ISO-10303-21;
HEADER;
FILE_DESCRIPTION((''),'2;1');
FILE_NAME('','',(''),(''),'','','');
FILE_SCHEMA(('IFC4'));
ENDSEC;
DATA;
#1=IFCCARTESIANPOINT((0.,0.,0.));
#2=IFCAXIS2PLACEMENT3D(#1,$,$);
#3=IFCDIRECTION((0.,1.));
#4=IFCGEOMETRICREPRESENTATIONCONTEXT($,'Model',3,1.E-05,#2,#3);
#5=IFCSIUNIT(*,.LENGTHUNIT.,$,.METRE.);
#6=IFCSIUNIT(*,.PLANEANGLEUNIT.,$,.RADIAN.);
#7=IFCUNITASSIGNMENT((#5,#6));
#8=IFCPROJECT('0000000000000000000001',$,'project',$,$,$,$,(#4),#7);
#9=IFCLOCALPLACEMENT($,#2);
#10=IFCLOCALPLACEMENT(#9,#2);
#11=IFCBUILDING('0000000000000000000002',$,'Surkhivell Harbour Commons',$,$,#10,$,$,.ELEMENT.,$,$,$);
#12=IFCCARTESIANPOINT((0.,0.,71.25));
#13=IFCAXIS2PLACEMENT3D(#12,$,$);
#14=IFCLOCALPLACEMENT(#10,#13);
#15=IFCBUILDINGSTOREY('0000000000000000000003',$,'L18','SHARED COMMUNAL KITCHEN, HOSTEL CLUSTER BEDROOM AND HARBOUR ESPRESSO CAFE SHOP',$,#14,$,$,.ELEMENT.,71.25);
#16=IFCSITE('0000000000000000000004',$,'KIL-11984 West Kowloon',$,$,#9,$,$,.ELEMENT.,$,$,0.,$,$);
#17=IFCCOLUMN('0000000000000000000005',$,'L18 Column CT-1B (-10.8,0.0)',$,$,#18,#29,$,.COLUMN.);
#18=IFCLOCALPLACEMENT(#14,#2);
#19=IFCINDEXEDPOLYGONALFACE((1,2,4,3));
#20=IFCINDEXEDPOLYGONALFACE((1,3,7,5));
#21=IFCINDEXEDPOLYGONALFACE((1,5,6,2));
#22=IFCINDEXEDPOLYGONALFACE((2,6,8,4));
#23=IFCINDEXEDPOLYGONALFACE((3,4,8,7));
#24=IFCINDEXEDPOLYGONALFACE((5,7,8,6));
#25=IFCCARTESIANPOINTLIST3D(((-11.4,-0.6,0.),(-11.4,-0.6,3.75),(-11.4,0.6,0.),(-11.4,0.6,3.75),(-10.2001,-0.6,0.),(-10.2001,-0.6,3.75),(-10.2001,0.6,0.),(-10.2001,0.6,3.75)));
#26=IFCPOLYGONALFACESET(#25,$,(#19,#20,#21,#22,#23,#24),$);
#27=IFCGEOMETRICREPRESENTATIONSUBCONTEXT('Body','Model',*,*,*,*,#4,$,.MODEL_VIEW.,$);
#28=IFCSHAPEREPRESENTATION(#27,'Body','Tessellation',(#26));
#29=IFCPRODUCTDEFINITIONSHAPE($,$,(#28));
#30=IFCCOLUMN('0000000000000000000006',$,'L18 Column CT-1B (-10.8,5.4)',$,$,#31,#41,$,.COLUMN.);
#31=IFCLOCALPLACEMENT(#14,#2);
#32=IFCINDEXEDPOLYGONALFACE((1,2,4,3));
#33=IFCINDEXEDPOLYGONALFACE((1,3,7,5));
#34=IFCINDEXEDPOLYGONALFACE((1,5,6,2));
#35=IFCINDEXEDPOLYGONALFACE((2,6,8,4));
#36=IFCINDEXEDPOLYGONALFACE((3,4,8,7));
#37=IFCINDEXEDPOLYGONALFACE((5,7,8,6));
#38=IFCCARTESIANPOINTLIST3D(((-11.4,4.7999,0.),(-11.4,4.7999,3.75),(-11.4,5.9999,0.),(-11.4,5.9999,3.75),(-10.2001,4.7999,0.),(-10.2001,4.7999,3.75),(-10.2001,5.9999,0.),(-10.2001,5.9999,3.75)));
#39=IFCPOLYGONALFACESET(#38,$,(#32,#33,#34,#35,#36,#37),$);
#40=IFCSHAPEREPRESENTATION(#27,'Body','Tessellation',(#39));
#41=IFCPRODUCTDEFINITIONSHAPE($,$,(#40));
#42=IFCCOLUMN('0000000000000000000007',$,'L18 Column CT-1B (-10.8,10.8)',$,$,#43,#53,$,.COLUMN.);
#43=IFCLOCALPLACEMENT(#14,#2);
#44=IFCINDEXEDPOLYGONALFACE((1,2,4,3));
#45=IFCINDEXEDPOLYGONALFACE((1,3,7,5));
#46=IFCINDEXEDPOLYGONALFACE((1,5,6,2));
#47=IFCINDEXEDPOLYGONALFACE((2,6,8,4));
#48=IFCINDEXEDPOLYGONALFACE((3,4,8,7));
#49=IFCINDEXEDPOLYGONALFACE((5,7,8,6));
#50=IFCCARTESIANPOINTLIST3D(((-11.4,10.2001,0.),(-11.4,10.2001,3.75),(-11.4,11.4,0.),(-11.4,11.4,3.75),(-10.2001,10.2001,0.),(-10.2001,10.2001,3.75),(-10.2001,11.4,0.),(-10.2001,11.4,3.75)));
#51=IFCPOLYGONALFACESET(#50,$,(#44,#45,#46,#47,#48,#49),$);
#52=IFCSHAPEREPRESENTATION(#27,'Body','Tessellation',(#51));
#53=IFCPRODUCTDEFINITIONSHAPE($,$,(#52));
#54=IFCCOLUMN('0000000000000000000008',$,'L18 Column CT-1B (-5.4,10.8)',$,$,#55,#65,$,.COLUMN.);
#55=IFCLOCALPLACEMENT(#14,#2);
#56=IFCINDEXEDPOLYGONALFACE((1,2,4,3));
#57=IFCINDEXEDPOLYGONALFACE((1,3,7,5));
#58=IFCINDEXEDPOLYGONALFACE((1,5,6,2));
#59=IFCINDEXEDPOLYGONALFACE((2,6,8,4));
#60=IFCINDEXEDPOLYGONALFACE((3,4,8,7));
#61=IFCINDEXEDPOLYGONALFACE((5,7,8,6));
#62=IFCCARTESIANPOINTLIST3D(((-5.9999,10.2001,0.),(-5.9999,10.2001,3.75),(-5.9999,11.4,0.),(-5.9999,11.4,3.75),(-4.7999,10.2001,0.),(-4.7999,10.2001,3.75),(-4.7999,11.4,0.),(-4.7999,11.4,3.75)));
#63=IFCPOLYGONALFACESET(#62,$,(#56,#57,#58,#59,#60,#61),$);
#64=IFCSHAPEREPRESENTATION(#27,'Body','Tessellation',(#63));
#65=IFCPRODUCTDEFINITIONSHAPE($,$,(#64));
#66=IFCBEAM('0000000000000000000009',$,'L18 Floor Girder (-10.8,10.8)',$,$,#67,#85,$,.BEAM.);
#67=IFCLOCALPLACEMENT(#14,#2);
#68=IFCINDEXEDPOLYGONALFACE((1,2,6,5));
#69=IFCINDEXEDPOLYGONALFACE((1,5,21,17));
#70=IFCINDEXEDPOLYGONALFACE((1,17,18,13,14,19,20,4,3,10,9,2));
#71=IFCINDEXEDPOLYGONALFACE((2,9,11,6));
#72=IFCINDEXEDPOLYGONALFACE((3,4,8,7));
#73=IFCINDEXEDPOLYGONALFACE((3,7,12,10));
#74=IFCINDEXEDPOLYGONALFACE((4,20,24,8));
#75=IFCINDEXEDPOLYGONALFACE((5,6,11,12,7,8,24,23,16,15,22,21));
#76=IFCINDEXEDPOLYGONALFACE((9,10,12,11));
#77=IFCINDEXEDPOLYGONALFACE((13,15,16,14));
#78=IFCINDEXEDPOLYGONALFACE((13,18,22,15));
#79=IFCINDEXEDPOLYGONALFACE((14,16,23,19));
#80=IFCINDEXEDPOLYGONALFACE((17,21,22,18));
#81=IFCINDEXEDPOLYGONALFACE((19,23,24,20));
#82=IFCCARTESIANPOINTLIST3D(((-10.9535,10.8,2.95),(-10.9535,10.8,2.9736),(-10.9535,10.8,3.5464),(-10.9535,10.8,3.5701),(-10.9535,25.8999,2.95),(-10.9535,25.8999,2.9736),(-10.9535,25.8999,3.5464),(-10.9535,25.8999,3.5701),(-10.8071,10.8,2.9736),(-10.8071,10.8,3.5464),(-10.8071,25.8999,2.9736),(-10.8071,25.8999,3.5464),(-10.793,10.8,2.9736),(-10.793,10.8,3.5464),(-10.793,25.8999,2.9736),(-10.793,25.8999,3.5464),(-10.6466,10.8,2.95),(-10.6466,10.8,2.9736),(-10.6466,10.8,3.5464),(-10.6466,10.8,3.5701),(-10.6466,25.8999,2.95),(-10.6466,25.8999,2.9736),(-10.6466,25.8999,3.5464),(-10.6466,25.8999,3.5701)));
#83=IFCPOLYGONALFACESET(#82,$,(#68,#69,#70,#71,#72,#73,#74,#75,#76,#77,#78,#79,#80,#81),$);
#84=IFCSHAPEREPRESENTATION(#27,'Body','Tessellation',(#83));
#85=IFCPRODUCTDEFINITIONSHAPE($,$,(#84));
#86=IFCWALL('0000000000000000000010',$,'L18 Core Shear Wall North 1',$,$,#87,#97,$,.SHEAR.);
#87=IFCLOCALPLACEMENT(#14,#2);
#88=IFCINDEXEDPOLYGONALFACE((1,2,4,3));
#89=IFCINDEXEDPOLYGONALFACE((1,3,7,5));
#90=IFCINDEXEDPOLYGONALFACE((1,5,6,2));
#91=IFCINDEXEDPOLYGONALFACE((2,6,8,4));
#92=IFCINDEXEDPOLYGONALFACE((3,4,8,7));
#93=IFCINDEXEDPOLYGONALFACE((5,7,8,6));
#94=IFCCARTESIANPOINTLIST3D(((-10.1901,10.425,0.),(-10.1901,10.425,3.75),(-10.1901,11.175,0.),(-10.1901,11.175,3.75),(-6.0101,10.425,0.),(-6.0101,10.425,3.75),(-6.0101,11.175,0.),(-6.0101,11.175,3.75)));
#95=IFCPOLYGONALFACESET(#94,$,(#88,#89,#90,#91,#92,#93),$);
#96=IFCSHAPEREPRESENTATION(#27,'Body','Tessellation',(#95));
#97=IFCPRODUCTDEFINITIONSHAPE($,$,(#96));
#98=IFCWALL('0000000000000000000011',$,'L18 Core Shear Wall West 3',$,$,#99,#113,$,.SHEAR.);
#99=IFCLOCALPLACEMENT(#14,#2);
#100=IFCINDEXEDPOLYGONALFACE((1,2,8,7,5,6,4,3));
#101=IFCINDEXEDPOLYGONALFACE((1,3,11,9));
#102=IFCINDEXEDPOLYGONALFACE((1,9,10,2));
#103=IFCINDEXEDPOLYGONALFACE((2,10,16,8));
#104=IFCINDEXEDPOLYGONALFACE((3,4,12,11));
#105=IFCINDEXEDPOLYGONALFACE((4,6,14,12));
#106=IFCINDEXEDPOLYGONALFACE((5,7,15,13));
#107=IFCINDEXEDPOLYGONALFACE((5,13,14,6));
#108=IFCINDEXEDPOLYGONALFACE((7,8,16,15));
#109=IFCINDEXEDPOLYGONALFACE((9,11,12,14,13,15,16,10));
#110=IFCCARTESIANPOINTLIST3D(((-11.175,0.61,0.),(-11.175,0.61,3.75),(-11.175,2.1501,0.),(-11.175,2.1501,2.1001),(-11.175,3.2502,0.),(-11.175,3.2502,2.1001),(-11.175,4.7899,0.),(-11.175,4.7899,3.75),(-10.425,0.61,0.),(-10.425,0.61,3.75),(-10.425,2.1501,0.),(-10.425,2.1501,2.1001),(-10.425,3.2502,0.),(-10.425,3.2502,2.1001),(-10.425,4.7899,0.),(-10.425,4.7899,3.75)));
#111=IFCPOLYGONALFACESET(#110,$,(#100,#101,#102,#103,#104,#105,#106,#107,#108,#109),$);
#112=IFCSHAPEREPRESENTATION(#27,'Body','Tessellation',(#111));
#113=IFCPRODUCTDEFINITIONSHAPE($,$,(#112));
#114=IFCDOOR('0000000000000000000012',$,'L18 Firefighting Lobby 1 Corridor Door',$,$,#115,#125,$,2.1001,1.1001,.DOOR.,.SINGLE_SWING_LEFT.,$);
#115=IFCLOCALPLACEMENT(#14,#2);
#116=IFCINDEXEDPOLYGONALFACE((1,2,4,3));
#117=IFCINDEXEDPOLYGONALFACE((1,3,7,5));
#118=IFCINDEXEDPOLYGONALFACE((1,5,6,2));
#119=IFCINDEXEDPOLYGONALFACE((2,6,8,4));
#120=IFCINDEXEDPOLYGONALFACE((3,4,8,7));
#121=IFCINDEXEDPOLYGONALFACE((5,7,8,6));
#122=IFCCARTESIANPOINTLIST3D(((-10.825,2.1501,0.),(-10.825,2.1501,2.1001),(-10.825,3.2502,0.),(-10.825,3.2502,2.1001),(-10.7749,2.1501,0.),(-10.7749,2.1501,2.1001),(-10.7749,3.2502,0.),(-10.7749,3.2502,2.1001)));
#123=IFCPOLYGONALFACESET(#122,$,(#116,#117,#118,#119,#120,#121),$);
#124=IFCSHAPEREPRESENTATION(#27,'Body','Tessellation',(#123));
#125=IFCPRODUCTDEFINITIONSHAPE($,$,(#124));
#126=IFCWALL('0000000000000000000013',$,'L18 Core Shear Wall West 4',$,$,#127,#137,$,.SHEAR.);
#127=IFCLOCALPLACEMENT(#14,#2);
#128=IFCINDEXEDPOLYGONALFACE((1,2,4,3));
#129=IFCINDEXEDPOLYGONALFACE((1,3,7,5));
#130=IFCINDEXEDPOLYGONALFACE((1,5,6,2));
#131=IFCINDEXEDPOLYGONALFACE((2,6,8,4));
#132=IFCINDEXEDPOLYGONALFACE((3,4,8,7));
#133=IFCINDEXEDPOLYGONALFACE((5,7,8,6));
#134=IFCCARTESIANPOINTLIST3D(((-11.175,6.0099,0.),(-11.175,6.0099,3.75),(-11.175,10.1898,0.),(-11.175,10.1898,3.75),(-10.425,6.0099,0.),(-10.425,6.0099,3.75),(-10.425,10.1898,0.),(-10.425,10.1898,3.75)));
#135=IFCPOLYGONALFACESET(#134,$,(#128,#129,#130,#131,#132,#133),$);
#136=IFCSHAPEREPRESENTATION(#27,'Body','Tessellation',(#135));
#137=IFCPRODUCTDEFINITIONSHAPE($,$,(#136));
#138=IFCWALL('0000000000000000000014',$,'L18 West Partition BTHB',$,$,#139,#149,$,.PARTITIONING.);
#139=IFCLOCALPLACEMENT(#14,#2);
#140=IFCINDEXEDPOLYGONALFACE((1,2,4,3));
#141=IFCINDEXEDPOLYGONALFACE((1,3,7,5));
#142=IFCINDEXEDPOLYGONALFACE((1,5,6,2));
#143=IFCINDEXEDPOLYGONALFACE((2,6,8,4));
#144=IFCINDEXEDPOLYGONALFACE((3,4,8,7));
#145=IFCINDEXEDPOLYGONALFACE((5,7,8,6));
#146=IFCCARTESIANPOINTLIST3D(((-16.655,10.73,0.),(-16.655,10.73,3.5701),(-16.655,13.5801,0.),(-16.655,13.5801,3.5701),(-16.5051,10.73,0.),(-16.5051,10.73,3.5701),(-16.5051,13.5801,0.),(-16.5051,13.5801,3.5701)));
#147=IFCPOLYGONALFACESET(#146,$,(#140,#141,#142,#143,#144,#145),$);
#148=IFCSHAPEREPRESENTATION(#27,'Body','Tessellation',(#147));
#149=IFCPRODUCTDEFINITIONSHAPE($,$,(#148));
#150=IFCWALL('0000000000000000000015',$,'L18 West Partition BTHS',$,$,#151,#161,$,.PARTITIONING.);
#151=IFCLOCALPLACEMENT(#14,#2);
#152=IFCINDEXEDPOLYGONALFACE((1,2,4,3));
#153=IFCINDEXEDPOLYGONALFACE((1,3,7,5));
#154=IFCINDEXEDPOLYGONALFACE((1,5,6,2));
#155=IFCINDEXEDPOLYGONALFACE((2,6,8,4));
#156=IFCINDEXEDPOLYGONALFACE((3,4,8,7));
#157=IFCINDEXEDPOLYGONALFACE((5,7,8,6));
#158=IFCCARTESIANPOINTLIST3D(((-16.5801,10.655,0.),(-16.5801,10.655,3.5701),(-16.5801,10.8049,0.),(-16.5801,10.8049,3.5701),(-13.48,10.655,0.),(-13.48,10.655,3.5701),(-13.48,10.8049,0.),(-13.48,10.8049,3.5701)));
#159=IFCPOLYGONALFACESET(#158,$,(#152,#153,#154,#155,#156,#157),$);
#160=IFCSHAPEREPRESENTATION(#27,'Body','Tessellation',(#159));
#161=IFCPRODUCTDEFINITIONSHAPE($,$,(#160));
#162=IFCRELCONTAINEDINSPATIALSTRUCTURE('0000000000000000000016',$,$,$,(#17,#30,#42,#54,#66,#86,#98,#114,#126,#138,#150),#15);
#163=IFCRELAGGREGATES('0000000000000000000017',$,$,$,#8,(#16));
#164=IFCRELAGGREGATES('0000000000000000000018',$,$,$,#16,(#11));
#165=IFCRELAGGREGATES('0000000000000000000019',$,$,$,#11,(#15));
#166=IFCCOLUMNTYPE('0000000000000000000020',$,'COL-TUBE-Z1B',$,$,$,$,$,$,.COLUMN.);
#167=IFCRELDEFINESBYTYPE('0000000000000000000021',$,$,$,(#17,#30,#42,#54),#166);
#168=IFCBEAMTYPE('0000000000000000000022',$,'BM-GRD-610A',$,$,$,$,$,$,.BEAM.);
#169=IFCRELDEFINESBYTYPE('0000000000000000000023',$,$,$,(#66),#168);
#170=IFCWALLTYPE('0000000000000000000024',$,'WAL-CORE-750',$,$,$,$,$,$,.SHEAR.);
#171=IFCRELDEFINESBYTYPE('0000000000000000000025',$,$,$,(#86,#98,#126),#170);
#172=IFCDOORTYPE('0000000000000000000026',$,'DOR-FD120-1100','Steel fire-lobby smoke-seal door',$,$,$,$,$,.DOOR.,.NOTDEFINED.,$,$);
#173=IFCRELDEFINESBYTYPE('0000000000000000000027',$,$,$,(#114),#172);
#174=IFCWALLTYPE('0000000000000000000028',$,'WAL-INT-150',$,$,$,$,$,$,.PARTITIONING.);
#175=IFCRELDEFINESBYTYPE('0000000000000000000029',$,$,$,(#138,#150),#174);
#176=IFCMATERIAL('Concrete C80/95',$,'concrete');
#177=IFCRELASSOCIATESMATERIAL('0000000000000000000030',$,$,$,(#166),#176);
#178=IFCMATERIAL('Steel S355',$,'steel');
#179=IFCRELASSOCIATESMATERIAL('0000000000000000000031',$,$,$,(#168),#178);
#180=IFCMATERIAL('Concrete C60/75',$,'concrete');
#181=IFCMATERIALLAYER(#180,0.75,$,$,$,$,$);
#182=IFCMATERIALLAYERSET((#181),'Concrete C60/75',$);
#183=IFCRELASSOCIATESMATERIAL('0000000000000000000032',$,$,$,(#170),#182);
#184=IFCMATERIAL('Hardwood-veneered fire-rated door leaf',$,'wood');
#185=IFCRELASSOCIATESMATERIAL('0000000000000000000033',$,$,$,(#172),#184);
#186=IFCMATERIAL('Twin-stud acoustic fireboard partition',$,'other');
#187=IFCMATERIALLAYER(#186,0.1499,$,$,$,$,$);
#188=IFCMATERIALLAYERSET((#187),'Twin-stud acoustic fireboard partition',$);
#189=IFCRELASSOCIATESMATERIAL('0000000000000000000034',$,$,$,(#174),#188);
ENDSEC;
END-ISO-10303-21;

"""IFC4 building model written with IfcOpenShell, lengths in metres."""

from ifc_helpers import new_model, si_unit, direction, frame, frame_2d, origin, origin_2d, place, context, subcontext, project, spatial, rectangle, i_section, extrude, material, layer, layer_set, material_profile, profile_set, type_object, element, fill, save


model = new_model("IFC4")

# Units and contexts
model_context = context("Model", 3, precision=1e-05, world=origin(), true_north=direction((0.0, 1.0)))
body_context = subcontext(model_context, "Body", "Model", "MODEL_VIEW")
ifc_project = project(units=[si_unit("LENGTHUNIT", "METRE"), si_unit("PLANEANGLEUNIT", "RADIAN")], contexts=[model_context])

# Site, building, storey
site_placement = place(None, origin())
site = spatial("IfcSite", under=ifc_project, at=site_placement, Name="KIL-11984 West Kowloon", CompositionType="ELEMENT", RefElevation=0.0)
building_placement = place(site_placement, origin())
building = spatial("IfcBuilding", under=site, at=building_placement, Name="Surkhivell Harbour Commons", CompositionType="ELEMENT")
storey_placement = place(building_placement, frame((0.0, 0.0, 71.25)))
storey = spatial("IfcBuildingStorey", under=building, at=storey_placement, Name="L18", Description="SHARED COMMUNAL KITCHEN, HOSTEL CLUSTER BEDROOM AND HARBOUR ESPRESSO CAFE SHOP", CompositionType="ELEMENT", Elevation=71.25)

# Columns
ifc_material_1 = material(Name="Concrete C80/95", Category="concrete")
ifc_material_profile_1 = material_profile(ifc_material_1, rectangle(XDim=1.2, YDim=1.2, at=origin_2d()), Name="RC-COL-1200x1200")
ifc_profile_set_1 = profile_set([ifc_material_profile_1], Name="Concrete C80/95")
column_type = type_object("IfcColumnType", Name="COL-TUBE-Z1B", PredefinedType="COLUMN", material=ifc_profile_set_1)
for number, where, z_axis, x_axis, name in (
    (1, (-10.8, 0.0, 0.0), (0.0, 0.0, 1.0), (1.0, 0.0, 0.0), "L18 Column CT-1B (-10.8,0.0)"),
    (2, (-10.8, 5.3999, 0.0), (0.0, 0.0, 1.0), (1.0, 0.0, 0.0), "L18 Column CT-1B (-10.8,5.4)"),
    (3, (-10.8, 10.8, 0.0), (0.0, 0.0, 1.0), (1.0, 0.0, 0.0), "L18 Column CT-1B (-10.8,10.8)"),
    (4, (-5.3999, 10.8, 0.0), (0.0, 0.0, 1.0), (1.0, 0.0, 0.0), "L18 Column CT-1B (-5.4,10.8)"),
):
    element("IfcColumn", number, at=place(storey_placement, frame(where, z_axis=z_axis, x_axis=x_axis)), inside=storey, type_object=column_type, Name=name, PredefinedType="COLUMN", context=body_context, shape_type="SweptSolid", body=[
        extrude(rectangle(XDim=1.2, YDim=1.2, at=origin_2d()), origin(), (0.0, 0.0, 1.0), 3.75),
    ])

# Beam
ifc_material_2 = material(Name="Steel S355", Category="steel")
ifc_material_profile_2 = material_profile(ifc_material_2, i_section(OverallWidth=0.3069, OverallDepth=0.6201, WebThickness=0.0142, FlangeThickness=0.0237, at=origin_2d()), Name="UB610x305x179")
ifc_profile_set_2 = profile_set([ifc_material_profile_2], Name="Steel S355")
beam_type = type_object("IfcBeamType", Name="BM-GRD-610A", PredefinedType="BEAM", material=ifc_profile_set_2)
beam_placement = place(storey_placement, frame((-10.8, 10.8, 3.26), z_axis=(0.0, 1.0, 0.0), x_axis=(-1.0, 0.0, 0.0)))
element("IfcBeam", 5, at=beam_placement, inside=storey, type_object=beam_type, Name="L18 Floor Girder (-10.8,10.8)", PredefinedType="BEAM", context=body_context, shape_type="SweptSolid", body=[
    extrude(i_section(OverallWidth=0.3069, OverallDepth=0.6201, WebThickness=0.0142, FlangeThickness=0.0237, at=origin_2d()), origin(), (0.0, 0.0, 1.0), 15.0999),
])

# Wall
ifc_material_3 = material(Name="Concrete C60/75", Category="concrete")
ifc_layer_1 = layer(ifc_material_3, 0.75)
ifc_layer_set_1 = layer_set([ifc_layer_1], Name="Concrete C60/75")
wall_type_1 = type_object("IfcWallType", Name="WAL-CORE-750", PredefinedType="SHEAR", material=ifc_layer_set_1)
wall_1_placement = place(storey_placement, frame((-10.1899, 10.8, 0.0), z_axis=(0.0, 0.0, 1.0), x_axis=(1.0, 0.0, 0.0)))
element("IfcWall", 6, at=wall_1_placement, inside=storey, type_object=wall_type_1, Name="L18 Core Shear Wall North 1", PredefinedType="SHEAR", context=body_context, shape_type="SweptSolid", body=[
    extrude(rectangle(XDim=4.1799, YDim=0.75, at=frame_2d((2.0898, 0.0))), origin(), (0.0, 0.0, 1.0), 3.75),
])

# Wall, opening, door
wall_2_placement = place(storey_placement, frame((-10.8, 0.6101, 0.0), z_axis=(0.0, 0.0, 1.0), x_axis=(0.0, 1.0, 0.0)))
wall_2 = element("IfcWall", 7, at=wall_2_placement, inside=storey, type_object=wall_type_1, Name="L18 Core Shear Wall West 3", PredefinedType="SHEAR", context=body_context, shape_type="SweptSolid", body=[
    extrude(rectangle(XDim=4.1799, YDim=0.75, at=frame_2d((2.0898, 0.0))), origin(), (0.0, 0.0, 1.0), 3.75),
])
opening_1_placement = place(wall_2_placement, frame((1.54, 0.0, 0.0)))
opening_1 = element("IfcOpeningElement", 8, at=opening_1_placement, cuts=wall_2, PredefinedType="OPENING", context=body_context, shape_type="SweptSolid", body=[
    extrude(rectangle(XDim=1.1001, YDim=2.1001, at=frame_2d((0.55, 1.05))), frame((0.0, 0.385, 0.0), z_axis=(0.0, -1.0, 0.0), x_axis=(1.0, 0.0, 0.0)), (0.0, 0.0, 1.0), 0.77),
])
ifc_material_4 = material(Name="Hardwood-veneered fire-rated door leaf", Category="wood")
door_type_1 = type_object("IfcDoorType", Name="DOR-FD120-1100", Description="Steel fire-lobby smoke-seal door", OperationType="NOTDEFINED", PredefinedType="DOOR", material=ifc_material_4)
door_1_placement = place(opening_1_placement, origin())
door_1 = element("IfcDoor", 9, at=door_1_placement, inside=storey, type_object=door_type_1, Name="L18 Firefighting Lobby 1 Corridor Door", OperationType="SINGLE_SWING_LEFT", OverallHeight=2.1001, OverallWidth=1.1001, PredefinedType="DOOR", context=body_context, shape_type="SweptSolid", body=[
    extrude(rectangle(XDim=1.1001, YDim=2.1001, at=frame_2d((0.55, 1.05))), frame((0.0, 0.0249, 0.0), z_axis=(0.0, -1.0, 0.0), x_axis=(1.0, 0.0, 0.0)), (0.0, 0.0, 1.0), 0.05),
])
fill(opening_1, door_1)

# Walls
wall_3_placement = place(storey_placement, frame((-10.8, 6.01, 0.0), z_axis=(0.0, 0.0, 1.0), x_axis=(0.0, 1.0, 0.0)))
element("IfcWall", 10, at=wall_3_placement, inside=storey, type_object=wall_type_1, Name="L18 Core Shear Wall West 4", PredefinedType="SHEAR", context=body_context, shape_type="SweptSolid", body=[
    extrude(rectangle(XDim=4.1799, YDim=0.75, at=frame_2d((2.0898, 0.0))), origin(), (0.0, 0.0, 1.0), 3.75),
])
ifc_material_5 = material(Name="Twin-stud acoustic fireboard partition", Category="other")
ifc_layer_2 = layer(ifc_material_5, 0.1499)
ifc_layer_set_2 = layer_set([ifc_layer_2], Name="Twin-stud acoustic fireboard partition")
wall_type_2 = type_object("IfcWallType", Name="WAL-INT-150", PredefinedType="PARTITIONING", material=ifc_layer_set_2)
wall_4_placement = place(storey_placement, frame((-16.5801, 10.73, 0.0), z_axis=(0.0, 0.0, 1.0), x_axis=(0.0, 1.0, 0.0)))
element("IfcWall", 11, at=wall_4_placement, inside=storey, type_object=wall_type_2, Name="L18 West Partition BTHB", PredefinedType="PARTITIONING", context=body_context, shape_type="SweptSolid", body=[
    extrude(rectangle(XDim=2.8501, YDim=0.1499, at=frame_2d((1.425, 0.0))), origin(), (0.0, 0.0, 1.0), 3.5701),
])
wall_5_placement = place(storey_placement, frame((-16.5801, 10.73, 0.0), z_axis=(0.0, 0.0, 1.0), x_axis=(1.0, 0.0, 0.0)))
element("IfcWall", 12, at=wall_5_placement, inside=storey, type_object=wall_type_2, Name="L18 West Partition BTHS", PredefinedType="PARTITIONING", context=body_context, shape_type="SweptSolid", body=[
    extrude(rectangle(XDim=3.1001, YDim=0.1499, at=frame_2d((1.55, 0.0))), origin(), (0.0, 0.0, 1.0), 3.5701),
])

save(model, "model.ifc")
